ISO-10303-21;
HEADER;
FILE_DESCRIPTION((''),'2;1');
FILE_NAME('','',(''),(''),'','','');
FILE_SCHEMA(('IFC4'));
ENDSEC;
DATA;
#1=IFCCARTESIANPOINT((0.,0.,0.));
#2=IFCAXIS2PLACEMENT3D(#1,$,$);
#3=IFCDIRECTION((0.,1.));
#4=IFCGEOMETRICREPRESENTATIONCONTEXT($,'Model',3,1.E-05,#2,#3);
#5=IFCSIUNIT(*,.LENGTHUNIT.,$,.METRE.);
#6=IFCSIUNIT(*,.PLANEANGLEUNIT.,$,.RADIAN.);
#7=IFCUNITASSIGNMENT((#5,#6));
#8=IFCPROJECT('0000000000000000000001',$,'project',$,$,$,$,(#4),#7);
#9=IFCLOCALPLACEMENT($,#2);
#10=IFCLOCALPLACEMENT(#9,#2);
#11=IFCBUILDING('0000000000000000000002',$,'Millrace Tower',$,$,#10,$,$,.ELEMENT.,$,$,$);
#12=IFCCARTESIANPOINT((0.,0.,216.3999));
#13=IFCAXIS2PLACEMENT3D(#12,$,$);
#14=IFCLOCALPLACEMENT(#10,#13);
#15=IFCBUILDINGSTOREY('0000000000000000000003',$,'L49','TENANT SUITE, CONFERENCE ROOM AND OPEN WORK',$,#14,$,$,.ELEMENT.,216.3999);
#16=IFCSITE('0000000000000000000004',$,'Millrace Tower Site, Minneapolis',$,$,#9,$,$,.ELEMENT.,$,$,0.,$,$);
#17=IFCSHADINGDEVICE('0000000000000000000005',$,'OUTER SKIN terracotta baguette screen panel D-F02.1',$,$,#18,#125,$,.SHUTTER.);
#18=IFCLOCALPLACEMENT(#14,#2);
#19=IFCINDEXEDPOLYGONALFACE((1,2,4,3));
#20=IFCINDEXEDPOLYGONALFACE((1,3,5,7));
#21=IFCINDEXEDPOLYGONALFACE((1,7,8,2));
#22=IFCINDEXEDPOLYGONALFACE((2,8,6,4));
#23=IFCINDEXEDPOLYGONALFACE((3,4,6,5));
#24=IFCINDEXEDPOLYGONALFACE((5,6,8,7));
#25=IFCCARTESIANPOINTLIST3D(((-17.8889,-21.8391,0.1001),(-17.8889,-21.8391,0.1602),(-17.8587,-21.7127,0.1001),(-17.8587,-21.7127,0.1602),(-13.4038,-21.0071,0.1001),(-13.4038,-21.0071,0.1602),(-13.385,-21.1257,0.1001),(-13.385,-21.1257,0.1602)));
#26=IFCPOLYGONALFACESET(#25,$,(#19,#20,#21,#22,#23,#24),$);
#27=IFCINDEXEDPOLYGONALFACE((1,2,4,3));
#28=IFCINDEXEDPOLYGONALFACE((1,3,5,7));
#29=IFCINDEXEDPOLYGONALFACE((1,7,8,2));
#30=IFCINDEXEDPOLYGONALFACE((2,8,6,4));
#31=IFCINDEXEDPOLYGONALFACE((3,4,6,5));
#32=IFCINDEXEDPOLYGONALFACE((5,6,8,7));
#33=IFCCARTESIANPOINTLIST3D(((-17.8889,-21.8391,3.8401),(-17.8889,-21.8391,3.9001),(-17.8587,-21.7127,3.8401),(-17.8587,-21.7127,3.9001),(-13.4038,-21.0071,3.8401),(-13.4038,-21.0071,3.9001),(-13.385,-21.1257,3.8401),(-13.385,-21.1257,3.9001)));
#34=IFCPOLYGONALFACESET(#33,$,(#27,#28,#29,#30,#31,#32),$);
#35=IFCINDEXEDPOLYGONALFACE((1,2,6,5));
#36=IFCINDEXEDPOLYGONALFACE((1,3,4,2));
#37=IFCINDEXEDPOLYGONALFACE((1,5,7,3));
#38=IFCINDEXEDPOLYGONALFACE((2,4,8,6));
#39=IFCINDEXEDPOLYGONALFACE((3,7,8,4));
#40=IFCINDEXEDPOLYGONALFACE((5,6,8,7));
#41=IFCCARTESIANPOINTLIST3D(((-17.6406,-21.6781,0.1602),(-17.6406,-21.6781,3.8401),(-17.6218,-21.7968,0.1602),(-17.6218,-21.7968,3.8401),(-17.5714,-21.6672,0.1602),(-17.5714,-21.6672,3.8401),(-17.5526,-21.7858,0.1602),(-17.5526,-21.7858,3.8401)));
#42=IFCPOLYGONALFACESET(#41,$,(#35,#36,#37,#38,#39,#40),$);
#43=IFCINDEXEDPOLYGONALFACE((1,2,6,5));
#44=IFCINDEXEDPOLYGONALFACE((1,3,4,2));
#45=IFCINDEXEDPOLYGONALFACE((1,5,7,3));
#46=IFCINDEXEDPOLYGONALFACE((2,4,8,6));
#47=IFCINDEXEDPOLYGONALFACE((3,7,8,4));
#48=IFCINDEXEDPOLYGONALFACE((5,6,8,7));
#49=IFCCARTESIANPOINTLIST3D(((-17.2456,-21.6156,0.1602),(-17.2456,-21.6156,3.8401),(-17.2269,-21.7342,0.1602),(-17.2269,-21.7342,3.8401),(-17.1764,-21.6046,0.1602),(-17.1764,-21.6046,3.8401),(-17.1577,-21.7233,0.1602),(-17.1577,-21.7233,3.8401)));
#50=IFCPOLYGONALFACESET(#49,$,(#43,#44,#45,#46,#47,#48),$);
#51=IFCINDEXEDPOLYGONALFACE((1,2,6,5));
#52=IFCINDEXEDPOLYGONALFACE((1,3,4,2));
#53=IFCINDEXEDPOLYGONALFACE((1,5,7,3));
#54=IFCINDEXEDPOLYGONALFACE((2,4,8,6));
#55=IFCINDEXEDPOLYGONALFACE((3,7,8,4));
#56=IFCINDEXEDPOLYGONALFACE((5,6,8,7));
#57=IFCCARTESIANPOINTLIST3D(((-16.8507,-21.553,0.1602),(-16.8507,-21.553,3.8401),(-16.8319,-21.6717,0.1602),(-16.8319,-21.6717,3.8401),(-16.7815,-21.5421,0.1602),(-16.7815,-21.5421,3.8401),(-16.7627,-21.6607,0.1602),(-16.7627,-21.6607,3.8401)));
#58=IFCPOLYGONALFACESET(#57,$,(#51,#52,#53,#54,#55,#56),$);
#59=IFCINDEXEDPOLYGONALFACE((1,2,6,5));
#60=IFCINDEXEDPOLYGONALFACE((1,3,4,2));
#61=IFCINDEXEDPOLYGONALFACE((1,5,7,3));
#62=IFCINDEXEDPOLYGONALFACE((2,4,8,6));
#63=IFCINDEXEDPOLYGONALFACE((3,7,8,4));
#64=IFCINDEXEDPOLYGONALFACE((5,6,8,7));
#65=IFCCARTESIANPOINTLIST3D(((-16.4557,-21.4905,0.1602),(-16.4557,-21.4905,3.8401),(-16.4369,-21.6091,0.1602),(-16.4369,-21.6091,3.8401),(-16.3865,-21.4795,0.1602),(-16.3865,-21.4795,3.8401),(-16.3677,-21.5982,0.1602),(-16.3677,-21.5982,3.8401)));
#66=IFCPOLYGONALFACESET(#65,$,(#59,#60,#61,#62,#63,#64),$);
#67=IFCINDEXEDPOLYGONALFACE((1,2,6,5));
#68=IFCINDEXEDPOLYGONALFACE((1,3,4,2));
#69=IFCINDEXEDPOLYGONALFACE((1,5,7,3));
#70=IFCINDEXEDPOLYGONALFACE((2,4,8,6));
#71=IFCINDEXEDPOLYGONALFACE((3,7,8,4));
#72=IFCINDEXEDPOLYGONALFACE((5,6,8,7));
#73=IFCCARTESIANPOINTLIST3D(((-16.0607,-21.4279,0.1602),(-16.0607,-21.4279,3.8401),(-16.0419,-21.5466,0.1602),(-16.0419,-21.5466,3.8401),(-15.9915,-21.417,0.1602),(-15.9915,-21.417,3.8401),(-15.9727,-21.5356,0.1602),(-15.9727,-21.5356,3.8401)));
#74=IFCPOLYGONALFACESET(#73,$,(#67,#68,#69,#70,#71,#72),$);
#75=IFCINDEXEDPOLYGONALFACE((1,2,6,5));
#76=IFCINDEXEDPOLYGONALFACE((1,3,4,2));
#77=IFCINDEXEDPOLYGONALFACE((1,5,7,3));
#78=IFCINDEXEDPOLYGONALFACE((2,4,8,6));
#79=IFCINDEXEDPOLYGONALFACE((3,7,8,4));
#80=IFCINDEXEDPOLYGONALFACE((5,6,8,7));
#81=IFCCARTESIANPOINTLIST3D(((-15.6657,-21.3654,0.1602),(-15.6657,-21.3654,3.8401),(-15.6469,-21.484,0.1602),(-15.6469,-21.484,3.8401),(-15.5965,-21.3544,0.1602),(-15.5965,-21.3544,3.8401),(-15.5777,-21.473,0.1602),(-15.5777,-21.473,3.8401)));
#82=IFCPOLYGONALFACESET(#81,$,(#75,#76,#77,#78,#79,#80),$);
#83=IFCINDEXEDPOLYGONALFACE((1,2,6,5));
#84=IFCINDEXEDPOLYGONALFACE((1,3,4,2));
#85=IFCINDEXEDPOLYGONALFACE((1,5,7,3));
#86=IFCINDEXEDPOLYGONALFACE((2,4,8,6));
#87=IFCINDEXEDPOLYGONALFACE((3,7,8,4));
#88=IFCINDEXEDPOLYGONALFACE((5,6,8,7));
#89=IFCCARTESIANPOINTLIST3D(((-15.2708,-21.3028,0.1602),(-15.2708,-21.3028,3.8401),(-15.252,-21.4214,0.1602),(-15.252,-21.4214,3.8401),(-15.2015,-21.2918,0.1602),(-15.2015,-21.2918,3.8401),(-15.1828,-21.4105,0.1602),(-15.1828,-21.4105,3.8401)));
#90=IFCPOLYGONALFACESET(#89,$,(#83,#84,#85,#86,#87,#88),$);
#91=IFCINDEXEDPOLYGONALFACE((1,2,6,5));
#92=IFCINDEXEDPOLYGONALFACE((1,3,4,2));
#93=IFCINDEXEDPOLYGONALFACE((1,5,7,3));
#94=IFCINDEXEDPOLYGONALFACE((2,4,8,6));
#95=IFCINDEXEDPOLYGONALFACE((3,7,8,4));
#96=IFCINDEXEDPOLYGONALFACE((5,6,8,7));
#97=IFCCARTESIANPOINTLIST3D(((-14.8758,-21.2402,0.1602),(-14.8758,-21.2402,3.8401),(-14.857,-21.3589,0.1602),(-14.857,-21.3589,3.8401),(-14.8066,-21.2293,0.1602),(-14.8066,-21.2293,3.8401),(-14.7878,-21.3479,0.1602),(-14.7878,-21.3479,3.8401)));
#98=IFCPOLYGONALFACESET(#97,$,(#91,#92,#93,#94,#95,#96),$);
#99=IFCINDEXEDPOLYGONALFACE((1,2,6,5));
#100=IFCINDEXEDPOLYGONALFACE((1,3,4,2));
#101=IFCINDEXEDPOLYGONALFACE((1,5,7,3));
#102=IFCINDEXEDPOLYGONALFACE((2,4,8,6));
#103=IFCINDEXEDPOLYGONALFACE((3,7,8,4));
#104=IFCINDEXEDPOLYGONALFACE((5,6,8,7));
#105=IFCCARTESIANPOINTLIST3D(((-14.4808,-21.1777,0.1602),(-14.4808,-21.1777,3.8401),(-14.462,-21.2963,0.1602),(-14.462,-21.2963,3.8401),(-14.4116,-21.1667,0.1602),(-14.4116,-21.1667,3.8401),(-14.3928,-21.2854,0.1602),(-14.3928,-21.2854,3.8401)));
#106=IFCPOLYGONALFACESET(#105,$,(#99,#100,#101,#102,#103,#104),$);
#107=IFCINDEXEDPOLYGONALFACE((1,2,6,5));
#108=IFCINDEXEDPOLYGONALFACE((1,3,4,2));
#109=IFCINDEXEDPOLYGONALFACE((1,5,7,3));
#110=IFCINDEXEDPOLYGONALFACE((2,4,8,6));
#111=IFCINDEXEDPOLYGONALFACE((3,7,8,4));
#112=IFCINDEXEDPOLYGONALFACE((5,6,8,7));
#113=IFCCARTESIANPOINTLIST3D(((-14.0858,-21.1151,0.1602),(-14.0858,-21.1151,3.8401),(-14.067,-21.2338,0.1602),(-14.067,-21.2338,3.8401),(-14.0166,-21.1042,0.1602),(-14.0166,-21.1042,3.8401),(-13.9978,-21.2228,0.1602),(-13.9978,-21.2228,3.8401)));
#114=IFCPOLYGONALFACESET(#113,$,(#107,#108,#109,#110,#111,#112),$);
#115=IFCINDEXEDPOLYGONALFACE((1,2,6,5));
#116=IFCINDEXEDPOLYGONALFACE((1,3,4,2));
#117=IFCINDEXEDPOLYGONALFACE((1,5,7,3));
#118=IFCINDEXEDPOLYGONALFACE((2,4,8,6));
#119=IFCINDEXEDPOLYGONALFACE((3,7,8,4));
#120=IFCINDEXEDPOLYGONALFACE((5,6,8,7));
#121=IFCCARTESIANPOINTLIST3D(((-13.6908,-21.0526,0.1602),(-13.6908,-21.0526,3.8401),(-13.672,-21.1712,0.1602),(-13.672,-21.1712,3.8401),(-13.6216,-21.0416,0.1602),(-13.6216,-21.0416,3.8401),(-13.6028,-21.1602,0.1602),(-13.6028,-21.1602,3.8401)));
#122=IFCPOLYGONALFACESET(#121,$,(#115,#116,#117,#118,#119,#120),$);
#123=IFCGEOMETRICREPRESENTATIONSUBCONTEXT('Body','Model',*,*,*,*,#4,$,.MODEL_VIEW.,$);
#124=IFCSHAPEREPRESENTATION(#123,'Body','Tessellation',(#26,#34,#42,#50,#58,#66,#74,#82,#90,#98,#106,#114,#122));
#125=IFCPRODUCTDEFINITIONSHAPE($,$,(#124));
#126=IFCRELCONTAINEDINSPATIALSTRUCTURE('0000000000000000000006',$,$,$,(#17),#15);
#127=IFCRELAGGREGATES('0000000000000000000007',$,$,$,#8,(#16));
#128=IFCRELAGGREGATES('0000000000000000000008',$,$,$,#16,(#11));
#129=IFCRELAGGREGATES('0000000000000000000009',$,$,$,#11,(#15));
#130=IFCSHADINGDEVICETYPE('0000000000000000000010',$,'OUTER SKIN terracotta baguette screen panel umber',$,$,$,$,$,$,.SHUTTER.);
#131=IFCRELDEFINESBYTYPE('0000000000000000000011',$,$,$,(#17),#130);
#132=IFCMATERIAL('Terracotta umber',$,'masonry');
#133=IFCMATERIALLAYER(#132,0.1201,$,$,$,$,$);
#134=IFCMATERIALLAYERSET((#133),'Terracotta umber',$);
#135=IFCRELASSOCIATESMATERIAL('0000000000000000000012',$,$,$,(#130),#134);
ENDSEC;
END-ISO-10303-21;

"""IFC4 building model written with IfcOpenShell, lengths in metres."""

from ifc_helpers import new_model, entity, si_unit, direction, frame, frame_2d, origin, place, context, subcontext, project, spatial, rectangle, extrude, source, transform, mapped, material, layer, layer_set, type_object, element, save


model = new_model("IFC4")

# Units and contexts
model_context = context("Model", 3, precision=1e-05, world=origin(), true_north=direction((0.0, 1.0)))
body_context = subcontext(model_context, "Body", "Model", "MODEL_VIEW")
ifc_project = project(units=[si_unit("LENGTHUNIT", "METRE"), si_unit("PLANEANGLEUNIT", "RADIAN")], contexts=[model_context])

# Site, building, storey
site_placement = place(None, origin())
site = spatial("IfcSite", under=ifc_project, at=site_placement, Name="Millrace Tower Site, Minneapolis", CompositionType="ELEMENT", RefElevation=0.0)
building_placement = place(site_placement, origin())
building = spatial("IfcBuilding", under=site, at=building_placement, Name="Millrace Tower", CompositionType="ELEMENT")
storey_placement = place(building_placement, frame((0.0, 0.0, 216.3999)))
storey = spatial("IfcBuildingStorey", under=building, at=storey_placement, Name="L49", Description="TENANT SUITE, CONFERENCE ROOM AND OPEN WORK", CompositionType="ELEMENT", Elevation=216.3999)

# Shading device
ifc_material_1 = material(Name="Terracotta umber", Category="masonry")
ifc_layer_1 = layer(ifc_material_1, 0.1201)
ifc_layer_set_1 = layer_set([ifc_layer_1], Name="Terracotta umber")
shading_device_type = type_object("IfcShadingDeviceType", Name="OUTER SKIN terracotta baguette screen panel umber", PredefinedType="SHUTTER", material=ifc_layer_set_1)
cartesian_point_1 = entity("IfcCartesianPoint", [-2.2429, 0.0601])
shared_polyline_1 = entity("IfcPolyline", [cartesian_point_1, entity("IfcCartesianPoint", [2.2676, 0.0601]), entity("IfcCartesianPoint", [2.2676, -0.0601]), entity("IfcCartesianPoint", [-2.2925, -0.0601]), cartesian_point_1])
shared_shape_1 = source(origin(), body_context, "Body", "SweptSolid", [
    entity("IfcExtrudedAreaSolid", entity("IfcArbitraryClosedProfileDef", "AREA", None, shared_polyline_1), entity("IfcAxis2Placement3D", entity("IfcCartesianPoint", [0.0, 0.0, 0.0])), entity("IfcDirection", [0.0, 0.0, 1.0]), 0.0601),
    entity("IfcExtrudedAreaSolid", entity("IfcArbitraryClosedProfileDef", "AREA", None, shared_polyline_1), entity("IfcAxis2Placement3D", entity("IfcCartesianPoint", [0.0, 0.0, 3.74])), entity("IfcDirection", [0.0, 0.0, 1.0]), 0.0601),
    extrude(rectangle(XDim=0.0701, YDim=0.1201, at=frame_2d((-1.9871, 0.0))), frame((0.0, 0.0, 0.0601)), (0.0, 0.0, 1.0), 3.6799),
    extrude(rectangle(XDim=0.0701, YDim=0.1201, at=frame_2d((-1.5872, 0.0))), frame((0.0, 0.0, 0.0601)), (0.0, 0.0, 1.0), 3.6799),
    extrude(rectangle(XDim=0.0701, YDim=0.1201, at=frame_2d((-1.1873, 0.0))), frame((0.0, 0.0, 0.0601)), (0.0, 0.0, 1.0), 3.6799),
    extrude(rectangle(XDim=0.0701, YDim=0.1201, at=frame_2d((-0.7874, 0.0))), frame((0.0, 0.0, 0.0601)), (0.0, 0.0, 1.0), 3.6799),
    extrude(rectangle(XDim=0.0701, YDim=0.1201, at=frame_2d((-0.3875, 0.0))), frame((0.0, 0.0, 0.0601)), (0.0, 0.0, 1.0), 3.6799),
    extrude(rectangle(XDim=0.0701, YDim=0.1201, at=frame_2d((0.0125, 0.0))), frame((0.0, 0.0, 0.0601)), (0.0, 0.0, 1.0), 3.6799),
    extrude(rectangle(XDim=0.0701, YDim=0.1201, at=frame_2d((0.4124, 0.0))), frame((0.0, 0.0, 0.0601)), (0.0, 0.0, 1.0), 3.6799),
    extrude(rectangle(XDim=0.0701, YDim=0.1201, at=frame_2d((0.8123, 0.0))), frame((0.0, 0.0, 0.0601)), (0.0, 0.0, 1.0), 3.6799),
    extrude(rectangle(XDim=0.0701, YDim=0.1201, at=frame_2d((1.2122, 0.0))), frame((0.0, 0.0, 0.0601)), (0.0, 0.0, 1.0), 3.6799),
    extrude(rectangle(XDim=0.0701, YDim=0.1201, at=frame_2d((1.6121, 0.0))), frame((0.0, 0.0, 0.0601)), (0.0, 0.0, 1.0), 3.6799),
    extrude(rectangle(XDim=0.0701, YDim=0.1201, at=frame_2d((2.012, 0.0))), frame((0.0, 0.0, 0.0601)), (0.0, 0.0, 1.0), 3.6799),
])
shading_device_1_placement = place(storey_placement, frame((-15.634, -21.4211, 0.1001), z_axis=(0.0, 0.0, 1.0), x_axis=(0.987688, 0.156434, 0.0)))
element("IfcShadingDevice", 1, at=shading_device_1_placement, inside=storey, type_object=shading_device_type, Name="OUTER SKIN terracotta baguette screen panel D-F02.1", PredefinedType="SHUTTER", context=body_context, shape_type="MappedRepresentation", body=[
    mapped(shared_shape_1, transform((0.0, 0.0, 0.0), scale=1.0)),
])

save(model, "model.ifc")
